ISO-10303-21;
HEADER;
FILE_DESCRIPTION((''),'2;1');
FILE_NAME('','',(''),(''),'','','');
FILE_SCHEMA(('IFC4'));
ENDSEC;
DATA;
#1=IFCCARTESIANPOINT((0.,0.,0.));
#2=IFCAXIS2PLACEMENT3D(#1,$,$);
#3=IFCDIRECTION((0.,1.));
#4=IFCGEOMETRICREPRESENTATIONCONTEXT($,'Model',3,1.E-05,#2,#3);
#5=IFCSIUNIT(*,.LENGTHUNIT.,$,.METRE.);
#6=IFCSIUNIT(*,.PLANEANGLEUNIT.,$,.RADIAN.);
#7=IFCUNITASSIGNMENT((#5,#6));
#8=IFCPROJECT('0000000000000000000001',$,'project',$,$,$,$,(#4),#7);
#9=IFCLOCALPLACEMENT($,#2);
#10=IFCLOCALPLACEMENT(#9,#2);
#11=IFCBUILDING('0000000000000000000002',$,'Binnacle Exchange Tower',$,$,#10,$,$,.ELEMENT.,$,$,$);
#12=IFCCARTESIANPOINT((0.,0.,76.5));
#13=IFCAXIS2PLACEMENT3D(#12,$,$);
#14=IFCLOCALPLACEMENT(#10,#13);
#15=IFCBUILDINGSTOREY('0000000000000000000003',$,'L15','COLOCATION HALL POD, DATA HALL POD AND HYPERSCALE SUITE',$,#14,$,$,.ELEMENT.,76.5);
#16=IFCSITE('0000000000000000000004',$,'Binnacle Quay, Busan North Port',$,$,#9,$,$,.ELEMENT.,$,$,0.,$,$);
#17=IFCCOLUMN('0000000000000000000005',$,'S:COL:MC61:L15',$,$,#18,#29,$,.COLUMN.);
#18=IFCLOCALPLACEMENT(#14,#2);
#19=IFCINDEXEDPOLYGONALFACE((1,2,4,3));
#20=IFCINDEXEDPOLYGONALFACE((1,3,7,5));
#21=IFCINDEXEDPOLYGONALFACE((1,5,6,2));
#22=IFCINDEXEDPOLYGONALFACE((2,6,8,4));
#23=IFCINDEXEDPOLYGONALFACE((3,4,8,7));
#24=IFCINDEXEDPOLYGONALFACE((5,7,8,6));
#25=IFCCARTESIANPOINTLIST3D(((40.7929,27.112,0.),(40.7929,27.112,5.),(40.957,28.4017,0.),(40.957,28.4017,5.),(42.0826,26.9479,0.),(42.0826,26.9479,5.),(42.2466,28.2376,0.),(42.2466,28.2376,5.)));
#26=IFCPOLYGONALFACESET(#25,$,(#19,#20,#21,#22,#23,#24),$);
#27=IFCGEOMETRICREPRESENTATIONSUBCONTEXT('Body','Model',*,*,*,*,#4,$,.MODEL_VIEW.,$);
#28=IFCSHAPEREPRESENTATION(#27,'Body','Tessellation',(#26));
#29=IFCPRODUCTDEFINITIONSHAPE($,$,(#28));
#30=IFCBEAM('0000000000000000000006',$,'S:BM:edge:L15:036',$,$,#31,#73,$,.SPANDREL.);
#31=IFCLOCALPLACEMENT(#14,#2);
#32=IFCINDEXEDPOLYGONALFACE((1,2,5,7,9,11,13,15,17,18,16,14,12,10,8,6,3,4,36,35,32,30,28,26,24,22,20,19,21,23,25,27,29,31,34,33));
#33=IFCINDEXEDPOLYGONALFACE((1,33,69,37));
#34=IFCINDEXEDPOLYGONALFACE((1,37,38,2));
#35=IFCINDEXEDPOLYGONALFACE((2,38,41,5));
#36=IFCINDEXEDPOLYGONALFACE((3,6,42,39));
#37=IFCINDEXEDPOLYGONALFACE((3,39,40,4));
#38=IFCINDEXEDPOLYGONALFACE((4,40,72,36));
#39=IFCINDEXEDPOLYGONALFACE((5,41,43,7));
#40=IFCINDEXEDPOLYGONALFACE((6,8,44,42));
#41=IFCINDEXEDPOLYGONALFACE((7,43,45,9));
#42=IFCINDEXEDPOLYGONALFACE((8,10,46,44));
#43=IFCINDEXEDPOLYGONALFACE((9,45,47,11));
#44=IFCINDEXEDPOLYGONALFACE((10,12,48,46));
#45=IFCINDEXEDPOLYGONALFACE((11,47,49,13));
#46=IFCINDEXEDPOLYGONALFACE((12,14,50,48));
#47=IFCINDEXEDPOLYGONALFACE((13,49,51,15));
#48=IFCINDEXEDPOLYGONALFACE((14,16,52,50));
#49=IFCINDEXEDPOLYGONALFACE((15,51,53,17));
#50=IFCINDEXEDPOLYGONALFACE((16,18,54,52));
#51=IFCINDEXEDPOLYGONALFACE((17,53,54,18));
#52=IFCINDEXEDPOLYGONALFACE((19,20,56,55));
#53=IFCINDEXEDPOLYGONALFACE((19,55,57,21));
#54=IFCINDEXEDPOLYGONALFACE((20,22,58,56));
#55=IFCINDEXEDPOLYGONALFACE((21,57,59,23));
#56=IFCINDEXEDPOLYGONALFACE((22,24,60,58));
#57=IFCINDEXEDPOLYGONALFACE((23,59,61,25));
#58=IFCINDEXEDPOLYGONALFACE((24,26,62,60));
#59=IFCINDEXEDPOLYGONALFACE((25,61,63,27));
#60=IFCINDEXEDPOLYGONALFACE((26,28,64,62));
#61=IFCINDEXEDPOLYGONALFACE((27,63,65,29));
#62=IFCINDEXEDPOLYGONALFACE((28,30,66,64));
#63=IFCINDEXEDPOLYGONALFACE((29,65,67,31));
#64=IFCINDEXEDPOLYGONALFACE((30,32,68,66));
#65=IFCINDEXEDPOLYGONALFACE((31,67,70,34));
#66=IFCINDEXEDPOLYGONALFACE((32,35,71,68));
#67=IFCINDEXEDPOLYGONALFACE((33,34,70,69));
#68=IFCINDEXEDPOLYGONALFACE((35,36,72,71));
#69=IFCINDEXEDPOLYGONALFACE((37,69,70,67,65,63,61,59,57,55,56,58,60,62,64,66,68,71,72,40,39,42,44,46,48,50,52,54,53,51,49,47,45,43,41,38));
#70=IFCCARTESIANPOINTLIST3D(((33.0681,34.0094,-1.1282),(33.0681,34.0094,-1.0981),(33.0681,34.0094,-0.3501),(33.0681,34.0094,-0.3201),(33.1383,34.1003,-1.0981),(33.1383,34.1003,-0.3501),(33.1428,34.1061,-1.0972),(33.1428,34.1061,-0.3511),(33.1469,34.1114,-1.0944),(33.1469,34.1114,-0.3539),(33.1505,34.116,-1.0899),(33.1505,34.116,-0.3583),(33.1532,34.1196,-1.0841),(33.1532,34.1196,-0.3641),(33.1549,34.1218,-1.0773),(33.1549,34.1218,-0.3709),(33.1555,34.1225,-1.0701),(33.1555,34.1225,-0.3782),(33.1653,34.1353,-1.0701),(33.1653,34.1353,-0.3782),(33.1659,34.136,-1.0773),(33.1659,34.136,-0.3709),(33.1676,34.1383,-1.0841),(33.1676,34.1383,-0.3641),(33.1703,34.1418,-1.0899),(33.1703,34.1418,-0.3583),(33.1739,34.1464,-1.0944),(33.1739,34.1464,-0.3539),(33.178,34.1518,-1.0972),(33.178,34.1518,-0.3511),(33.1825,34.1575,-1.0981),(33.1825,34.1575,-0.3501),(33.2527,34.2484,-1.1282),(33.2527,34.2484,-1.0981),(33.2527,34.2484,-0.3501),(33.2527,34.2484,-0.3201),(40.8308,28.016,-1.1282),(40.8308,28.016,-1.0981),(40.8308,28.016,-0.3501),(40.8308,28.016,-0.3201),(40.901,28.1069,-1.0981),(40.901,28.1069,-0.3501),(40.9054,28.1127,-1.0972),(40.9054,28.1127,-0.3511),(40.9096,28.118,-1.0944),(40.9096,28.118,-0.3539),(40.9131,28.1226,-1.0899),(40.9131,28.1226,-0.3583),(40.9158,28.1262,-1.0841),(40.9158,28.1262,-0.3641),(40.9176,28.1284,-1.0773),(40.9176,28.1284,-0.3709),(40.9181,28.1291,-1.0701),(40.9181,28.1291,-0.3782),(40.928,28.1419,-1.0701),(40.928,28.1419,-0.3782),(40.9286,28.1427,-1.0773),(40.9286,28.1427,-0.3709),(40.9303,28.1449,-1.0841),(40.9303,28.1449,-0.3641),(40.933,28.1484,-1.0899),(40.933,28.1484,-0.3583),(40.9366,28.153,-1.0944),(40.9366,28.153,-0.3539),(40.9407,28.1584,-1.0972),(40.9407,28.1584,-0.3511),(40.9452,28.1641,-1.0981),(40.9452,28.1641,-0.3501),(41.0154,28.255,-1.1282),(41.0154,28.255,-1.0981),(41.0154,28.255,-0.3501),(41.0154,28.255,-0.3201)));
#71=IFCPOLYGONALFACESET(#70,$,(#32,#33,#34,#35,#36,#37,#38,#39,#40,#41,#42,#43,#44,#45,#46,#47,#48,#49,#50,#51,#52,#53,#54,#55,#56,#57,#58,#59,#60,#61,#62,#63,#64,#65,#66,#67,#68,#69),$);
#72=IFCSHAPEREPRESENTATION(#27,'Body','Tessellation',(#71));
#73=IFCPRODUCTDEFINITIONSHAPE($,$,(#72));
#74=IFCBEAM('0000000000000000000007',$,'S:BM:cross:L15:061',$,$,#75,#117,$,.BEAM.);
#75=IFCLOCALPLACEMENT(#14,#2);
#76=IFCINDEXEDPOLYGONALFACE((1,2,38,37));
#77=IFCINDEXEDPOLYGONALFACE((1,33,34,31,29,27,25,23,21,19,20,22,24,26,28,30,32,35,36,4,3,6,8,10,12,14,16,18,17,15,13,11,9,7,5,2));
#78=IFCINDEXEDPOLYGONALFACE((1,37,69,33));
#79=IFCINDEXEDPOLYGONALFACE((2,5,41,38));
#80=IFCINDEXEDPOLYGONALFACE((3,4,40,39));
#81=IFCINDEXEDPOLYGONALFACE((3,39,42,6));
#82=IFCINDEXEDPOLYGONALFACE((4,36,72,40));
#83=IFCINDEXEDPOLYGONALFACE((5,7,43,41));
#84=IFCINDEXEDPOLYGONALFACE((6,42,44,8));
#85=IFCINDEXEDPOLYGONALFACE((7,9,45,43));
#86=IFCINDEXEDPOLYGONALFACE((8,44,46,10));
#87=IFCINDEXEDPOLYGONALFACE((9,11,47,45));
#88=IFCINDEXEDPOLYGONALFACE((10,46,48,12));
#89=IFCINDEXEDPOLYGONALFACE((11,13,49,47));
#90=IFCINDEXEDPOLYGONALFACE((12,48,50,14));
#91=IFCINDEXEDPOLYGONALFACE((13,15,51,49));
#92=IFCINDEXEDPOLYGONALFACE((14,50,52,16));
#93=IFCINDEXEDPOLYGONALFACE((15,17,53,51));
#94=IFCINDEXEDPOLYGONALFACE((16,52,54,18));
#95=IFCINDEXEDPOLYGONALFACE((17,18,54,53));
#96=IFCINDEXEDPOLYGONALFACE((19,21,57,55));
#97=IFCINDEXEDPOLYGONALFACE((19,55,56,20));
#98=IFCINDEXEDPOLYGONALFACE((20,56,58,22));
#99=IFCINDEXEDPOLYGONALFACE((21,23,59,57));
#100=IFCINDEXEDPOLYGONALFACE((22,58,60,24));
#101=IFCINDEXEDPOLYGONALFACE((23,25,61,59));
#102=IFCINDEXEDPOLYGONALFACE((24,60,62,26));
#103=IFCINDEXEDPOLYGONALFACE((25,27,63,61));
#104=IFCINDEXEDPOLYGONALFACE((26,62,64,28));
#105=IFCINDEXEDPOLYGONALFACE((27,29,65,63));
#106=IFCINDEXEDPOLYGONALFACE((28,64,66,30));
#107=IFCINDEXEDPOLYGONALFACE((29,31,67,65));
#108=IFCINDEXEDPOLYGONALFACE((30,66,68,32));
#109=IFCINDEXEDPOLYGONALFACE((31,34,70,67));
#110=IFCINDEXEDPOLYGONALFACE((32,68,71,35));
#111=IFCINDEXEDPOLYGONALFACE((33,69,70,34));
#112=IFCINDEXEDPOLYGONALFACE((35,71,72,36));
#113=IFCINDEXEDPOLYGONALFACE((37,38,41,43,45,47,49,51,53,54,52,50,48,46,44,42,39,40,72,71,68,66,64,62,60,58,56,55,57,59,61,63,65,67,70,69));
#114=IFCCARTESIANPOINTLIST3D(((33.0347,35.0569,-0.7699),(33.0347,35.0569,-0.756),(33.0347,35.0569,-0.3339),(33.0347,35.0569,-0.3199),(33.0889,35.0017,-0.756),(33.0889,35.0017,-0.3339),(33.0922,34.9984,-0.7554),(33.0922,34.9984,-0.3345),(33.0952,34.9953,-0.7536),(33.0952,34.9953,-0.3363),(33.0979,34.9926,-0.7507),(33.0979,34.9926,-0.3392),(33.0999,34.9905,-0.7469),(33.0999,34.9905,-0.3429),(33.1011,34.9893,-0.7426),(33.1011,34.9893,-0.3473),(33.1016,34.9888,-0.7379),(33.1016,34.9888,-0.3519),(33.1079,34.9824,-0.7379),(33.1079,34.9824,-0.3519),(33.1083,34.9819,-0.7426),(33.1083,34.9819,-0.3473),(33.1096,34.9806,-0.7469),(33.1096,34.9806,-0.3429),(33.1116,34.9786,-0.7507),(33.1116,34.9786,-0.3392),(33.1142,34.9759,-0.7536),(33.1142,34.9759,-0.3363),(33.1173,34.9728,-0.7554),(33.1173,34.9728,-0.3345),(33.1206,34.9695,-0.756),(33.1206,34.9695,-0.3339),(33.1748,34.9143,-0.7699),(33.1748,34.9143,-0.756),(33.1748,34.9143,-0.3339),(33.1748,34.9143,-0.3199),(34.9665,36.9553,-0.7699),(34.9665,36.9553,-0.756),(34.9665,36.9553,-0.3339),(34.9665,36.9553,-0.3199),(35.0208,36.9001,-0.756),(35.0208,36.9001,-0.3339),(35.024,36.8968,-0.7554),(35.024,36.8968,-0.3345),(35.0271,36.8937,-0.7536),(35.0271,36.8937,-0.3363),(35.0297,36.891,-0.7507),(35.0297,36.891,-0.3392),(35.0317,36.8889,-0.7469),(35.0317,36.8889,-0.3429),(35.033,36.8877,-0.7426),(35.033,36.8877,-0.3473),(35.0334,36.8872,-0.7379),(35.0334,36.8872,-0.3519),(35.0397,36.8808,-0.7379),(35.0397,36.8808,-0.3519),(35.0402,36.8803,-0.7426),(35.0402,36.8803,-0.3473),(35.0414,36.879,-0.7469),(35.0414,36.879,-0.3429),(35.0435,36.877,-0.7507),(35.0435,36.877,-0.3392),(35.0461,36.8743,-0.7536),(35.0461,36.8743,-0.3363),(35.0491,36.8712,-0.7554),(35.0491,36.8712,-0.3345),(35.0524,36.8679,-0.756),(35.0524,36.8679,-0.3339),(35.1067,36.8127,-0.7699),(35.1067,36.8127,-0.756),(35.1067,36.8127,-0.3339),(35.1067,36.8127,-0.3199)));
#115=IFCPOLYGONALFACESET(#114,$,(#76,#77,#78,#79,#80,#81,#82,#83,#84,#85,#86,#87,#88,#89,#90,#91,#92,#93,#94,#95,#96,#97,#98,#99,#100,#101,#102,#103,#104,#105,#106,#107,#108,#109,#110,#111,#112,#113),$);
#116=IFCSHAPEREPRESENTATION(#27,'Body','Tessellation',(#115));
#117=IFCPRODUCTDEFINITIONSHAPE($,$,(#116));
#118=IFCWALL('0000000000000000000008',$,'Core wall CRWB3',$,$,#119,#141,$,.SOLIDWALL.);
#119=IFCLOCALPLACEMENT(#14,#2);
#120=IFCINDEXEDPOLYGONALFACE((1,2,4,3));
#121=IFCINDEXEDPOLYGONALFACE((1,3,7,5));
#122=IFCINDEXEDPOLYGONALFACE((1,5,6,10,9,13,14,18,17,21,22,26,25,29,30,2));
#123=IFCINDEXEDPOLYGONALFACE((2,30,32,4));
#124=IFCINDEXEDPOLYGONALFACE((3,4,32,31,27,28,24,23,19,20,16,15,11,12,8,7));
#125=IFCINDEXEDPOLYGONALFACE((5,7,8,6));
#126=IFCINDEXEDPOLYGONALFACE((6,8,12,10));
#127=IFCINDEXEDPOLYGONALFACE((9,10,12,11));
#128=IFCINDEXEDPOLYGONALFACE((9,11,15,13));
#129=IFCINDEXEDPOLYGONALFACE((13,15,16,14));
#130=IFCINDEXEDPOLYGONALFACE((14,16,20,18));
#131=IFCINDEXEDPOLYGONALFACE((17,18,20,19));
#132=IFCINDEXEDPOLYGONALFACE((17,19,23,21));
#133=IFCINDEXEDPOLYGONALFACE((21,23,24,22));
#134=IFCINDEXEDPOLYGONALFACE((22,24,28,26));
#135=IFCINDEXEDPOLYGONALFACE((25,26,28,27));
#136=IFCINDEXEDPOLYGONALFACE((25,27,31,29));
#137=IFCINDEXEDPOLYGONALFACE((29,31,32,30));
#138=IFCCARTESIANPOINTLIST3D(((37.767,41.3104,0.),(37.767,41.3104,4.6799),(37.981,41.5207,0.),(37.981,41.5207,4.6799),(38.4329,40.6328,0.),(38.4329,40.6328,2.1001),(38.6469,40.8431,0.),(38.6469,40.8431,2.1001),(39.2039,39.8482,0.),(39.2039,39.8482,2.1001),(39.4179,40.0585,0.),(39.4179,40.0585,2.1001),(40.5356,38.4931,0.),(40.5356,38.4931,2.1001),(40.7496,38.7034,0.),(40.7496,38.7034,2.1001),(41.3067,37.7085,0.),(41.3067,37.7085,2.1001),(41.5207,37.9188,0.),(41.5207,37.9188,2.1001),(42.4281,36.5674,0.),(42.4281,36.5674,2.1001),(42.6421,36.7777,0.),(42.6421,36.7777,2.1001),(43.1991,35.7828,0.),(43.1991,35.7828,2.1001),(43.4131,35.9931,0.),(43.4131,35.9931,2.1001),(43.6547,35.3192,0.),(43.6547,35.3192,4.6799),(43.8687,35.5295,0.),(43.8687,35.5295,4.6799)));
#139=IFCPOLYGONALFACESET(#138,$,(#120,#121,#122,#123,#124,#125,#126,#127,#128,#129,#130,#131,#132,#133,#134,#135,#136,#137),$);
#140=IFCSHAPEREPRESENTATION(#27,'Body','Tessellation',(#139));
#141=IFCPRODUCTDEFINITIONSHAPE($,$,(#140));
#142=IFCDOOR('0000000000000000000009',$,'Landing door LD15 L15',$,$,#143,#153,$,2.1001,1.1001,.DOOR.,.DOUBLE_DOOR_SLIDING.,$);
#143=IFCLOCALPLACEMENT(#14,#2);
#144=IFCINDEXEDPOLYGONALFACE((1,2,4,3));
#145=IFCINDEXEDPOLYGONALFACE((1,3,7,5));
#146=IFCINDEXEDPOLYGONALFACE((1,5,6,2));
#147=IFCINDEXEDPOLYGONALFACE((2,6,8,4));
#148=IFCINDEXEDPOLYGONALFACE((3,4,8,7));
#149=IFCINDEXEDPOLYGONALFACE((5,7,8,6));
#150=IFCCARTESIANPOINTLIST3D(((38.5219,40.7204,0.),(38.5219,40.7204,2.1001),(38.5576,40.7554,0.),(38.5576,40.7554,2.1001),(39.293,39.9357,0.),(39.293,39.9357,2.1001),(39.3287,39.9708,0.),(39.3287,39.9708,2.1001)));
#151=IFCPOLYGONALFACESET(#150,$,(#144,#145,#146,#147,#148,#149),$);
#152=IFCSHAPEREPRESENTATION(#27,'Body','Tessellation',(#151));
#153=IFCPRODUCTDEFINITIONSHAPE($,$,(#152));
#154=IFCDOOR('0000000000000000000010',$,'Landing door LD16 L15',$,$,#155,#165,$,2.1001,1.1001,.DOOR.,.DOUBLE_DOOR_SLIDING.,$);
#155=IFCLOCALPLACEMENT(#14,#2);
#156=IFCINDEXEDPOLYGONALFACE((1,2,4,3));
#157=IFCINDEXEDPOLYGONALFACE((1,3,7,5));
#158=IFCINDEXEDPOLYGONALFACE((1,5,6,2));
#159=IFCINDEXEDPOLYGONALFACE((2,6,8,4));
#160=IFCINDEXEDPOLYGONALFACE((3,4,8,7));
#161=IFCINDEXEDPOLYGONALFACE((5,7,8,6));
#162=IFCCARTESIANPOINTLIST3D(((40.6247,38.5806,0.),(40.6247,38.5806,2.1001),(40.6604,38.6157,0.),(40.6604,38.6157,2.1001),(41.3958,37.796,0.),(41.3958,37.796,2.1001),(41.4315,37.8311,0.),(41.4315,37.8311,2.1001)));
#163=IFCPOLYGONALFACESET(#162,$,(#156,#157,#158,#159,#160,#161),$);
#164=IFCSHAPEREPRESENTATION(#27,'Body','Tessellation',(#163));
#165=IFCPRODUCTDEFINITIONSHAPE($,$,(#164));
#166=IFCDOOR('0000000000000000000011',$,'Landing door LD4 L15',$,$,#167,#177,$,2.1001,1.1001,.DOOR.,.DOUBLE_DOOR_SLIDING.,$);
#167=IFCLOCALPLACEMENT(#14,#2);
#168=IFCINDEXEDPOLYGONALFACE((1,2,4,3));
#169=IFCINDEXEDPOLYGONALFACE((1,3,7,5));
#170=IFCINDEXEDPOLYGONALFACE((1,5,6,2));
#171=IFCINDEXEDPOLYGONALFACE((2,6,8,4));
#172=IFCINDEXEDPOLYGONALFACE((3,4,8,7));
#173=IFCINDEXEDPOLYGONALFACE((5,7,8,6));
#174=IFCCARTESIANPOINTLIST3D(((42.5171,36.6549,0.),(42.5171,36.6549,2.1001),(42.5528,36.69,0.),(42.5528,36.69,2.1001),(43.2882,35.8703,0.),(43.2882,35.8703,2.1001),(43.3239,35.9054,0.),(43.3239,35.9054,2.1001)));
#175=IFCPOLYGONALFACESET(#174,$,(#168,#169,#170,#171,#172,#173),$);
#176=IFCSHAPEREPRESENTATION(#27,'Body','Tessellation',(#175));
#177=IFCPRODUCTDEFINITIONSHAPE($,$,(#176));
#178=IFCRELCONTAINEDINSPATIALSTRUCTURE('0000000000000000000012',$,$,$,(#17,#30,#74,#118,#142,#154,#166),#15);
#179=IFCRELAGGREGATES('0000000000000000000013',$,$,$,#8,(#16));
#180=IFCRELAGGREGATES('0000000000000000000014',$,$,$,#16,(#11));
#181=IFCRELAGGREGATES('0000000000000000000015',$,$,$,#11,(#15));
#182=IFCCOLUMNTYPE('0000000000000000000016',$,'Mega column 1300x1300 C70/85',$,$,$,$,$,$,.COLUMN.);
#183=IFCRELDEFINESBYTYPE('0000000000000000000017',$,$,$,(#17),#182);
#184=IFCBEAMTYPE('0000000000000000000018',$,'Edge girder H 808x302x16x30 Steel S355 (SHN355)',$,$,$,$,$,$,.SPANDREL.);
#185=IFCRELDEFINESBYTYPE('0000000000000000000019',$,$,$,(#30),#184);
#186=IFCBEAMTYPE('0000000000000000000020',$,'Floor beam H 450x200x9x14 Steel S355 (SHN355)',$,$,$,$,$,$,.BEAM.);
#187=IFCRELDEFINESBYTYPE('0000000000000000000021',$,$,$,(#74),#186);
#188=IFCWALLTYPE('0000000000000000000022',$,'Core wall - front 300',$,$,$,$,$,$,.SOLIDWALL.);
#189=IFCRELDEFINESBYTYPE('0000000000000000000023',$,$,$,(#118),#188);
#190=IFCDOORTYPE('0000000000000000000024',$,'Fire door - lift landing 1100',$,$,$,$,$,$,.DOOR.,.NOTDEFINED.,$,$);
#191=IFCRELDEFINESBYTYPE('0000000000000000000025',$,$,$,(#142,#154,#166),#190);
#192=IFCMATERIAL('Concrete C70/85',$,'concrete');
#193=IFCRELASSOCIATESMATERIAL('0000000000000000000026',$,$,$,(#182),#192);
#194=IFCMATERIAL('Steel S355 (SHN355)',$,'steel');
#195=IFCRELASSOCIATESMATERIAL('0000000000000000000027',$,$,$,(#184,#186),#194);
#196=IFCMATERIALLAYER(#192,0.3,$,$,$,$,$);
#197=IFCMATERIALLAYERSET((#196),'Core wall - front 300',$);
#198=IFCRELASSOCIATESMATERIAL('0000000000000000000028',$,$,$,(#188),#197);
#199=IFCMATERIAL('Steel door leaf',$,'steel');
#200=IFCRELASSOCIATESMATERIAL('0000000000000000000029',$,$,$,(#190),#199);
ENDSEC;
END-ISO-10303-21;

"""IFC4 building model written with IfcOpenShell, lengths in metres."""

from ifc_helpers import new_model, si_unit, direction, frame, frame_2d, origin, origin_2d, place, context, subcontext, project, spatial, rectangle, i_section, extrude, material, layer, layer_set, material_profile, profile_set, type_object, element, fill, save


model = new_model("IFC4")

# Units and contexts
model_context = context("Model", 3, precision=1e-05, world=origin(), true_north=direction((0.0, 1.0)))
body_context = subcontext(model_context, "Body", "Model", "MODEL_VIEW")
ifc_project = project(units=[si_unit("LENGTHUNIT", "METRE"), si_unit("PLANEANGLEUNIT", "RADIAN")], contexts=[model_context])

# Site, building, storey
site_placement = place(None, origin())
site = spatial("IfcSite", under=ifc_project, at=site_placement, Name="Binnacle Quay, Busan North Port", CompositionType="ELEMENT", RefElevation=0.0)
building_placement = place(site_placement, origin())
building = spatial("IfcBuilding", under=site, at=building_placement, Name="Binnacle Exchange Tower", CompositionType="ELEMENT")
storey_placement = place(building_placement, frame((0.0, 0.0, 76.5)))
storey = spatial("IfcBuildingStorey", under=building, at=storey_placement, Name="L15", Description="COLOCATION HALL POD, DATA HALL POD AND HYPERSCALE SUITE", CompositionType="ELEMENT", Elevation=76.5)

# Column
ifc_material_1 = material(Name="Concrete C70/85", Category="concrete")
ifc_material_profile_1 = material_profile(ifc_material_1, rectangle(XDim=1.3, YDim=1.3, at=origin_2d()), Name="Mega column 1300x1300 C70/85")
ifc_profile_set_1 = profile_set([ifc_material_profile_1], Name="Concrete C70/85")
column_type = type_object("IfcColumnType", Name="Mega column 1300x1300 C70/85", PredefinedType="COLUMN", material=ifc_profile_set_1)
column_placement = place(storey_placement, frame((41.5198, 27.6748, 0.0), z_axis=(0.0, 0.0, 1.0), x_axis=(0.992005, -0.126199, 0.0)))
element("IfcColumn", 1, at=column_placement, inside=storey, type_object=column_type, Name="S:COL:MC61:L15", PredefinedType="COLUMN", context=body_context, shape_type="SweptSolid", body=[
    extrude(rectangle(XDim=1.3, YDim=1.3, at=origin_2d()), origin(), (0.0, 0.0, 1.0), 5.0),
])

# Beams
ifc_material_2 = material(Name="Steel S355 (SHN355)", Category="steel")
ifc_material_profile_2 = material_profile(ifc_material_2, i_section(OverallWidth=0.302, OverallDepth=0.8081, WebThickness=0.0161, FlangeThickness=0.03, FilletRadius=0.0281, at=origin_2d()), Name="H 808x302x16x30")
ifc_profile_set_2 = profile_set([ifc_material_profile_2], Name="Steel S355 (SHN355)")
beam_type_1 = type_object("IfcBeamType", Name="Edge girder H 808x302x16x30 Steel S355 (SHN355)", PredefinedType="SPANDREL", material=ifc_profile_set_2)
beam_1_placement = place(storey_placement, frame((33.1604, 34.1289, -0.7241), z_axis=(0.791533, -0.611126, 0.0), x_axis=(0.611126, 0.791533, 0.0)))
element("IfcBeam", 2, at=beam_1_placement, inside=storey, type_object=beam_type_1, Name="S:BM:edge:L15:036", PredefinedType="SPANDREL", context=body_context, shape_type="SweptSolid", body=[
    extrude(i_section(OverallWidth=0.302, OverallDepth=0.8081, WebThickness=0.0161, FlangeThickness=0.03, FilletRadius=0.0281, at=origin_2d()), origin(), (0.0, 0.0, 1.0), 9.8071),
])
ifc_material_profile_3 = material_profile(ifc_material_2, i_section(OverallWidth=0.2, OverallDepth=0.45, WebThickness=0.009, FlangeThickness=0.0139, FilletRadius=0.0181, at=origin_2d()), Name="H 450x200x9x14")
ifc_profile_set_3 = profile_set([ifc_material_profile_3], Name="Steel S355 (SHN355)")
beam_type_2 = type_object("IfcBeamType", Name="Floor beam H 450x200x9x14 Steel S355 (SHN355)", PredefinedType="BEAM", material=ifc_profile_set_3)
beam_2_placement = place(storey_placement, frame((33.1047, 34.9856, -0.5449), z_axis=(0.713254, 0.700905, 0.0), x_axis=(-0.700905, 0.713254, 0.0)))
element("IfcBeam", 3, at=beam_2_placement, inside=storey, type_object=beam_type_2, Name="S:BM:cross:L15:061", PredefinedType="BEAM", context=body_context, shape_type="SweptSolid", body=[
    extrude(i_section(OverallWidth=0.2, OverallDepth=0.45, WebThickness=0.009, FlangeThickness=0.0139, FilletRadius=0.0181, at=origin_2d()), origin(), (0.0, 0.0, 1.0), 2.7085),
])

# Wall, openings, doors
ifc_layer_1 = layer(ifc_material_1, 0.3)
ifc_layer_set_1 = layer_set([ifc_layer_1], Name="Core wall - front 300")
wall_type_1 = type_object("IfcWallType", Name="Core wall - front 300", PredefinedType="SOLIDWALL", material=ifc_layer_set_1)
wall_1_placement = place(storey_placement, frame((37.874, 41.4155, 0.0), z_axis=(0.0, 0.0, 1.0), x_axis=(0.700918, -0.713242, 0.0)))
wall_1 = element("IfcWall", 4, at=wall_1_placement, inside=storey, type_object=wall_type_1, Name="Core wall CRWB3", PredefinedType="SOLIDWALL", context=body_context, shape_type="SweptSolid", body=[
    extrude(rectangle(XDim=8.3999, YDim=0.3, at=frame_2d((4.2, 0.0))), origin(), (0.0, 0.0, 1.0), 4.6799),
])
opening_1_placement = place(wall_1_placement, frame((0.95, 0.0, 0.0)))
opening_1 = element("IfcOpeningElement", 5, at=opening_1_placement, cuts=wall_1, PredefinedType="OPENING", context=body_context, shape_type="SweptSolid", body=[
    extrude(rectangle(XDim=1.1001, YDim=2.1001, at=frame_2d((0.55, 1.05))), frame((0.0, 0.1599, 0.0), z_axis=(0.0, -1.0, 0.0), x_axis=(1.0, 0.0, 0.0)), (0.0, 0.0, 1.0), 0.3201),
])
opening_2_placement = place(wall_1_placement, frame((3.95, 0.0, 0.0)))
opening_2 = element("IfcOpeningElement", 6, at=opening_2_placement, cuts=wall_1, PredefinedType="OPENING", context=body_context, shape_type="SweptSolid", body=[
    extrude(rectangle(XDim=1.1001, YDim=2.1001, at=frame_2d((0.55, 1.05))), frame((0.0, 0.1599, 0.0), z_axis=(0.0, -1.0, 0.0), x_axis=(1.0, 0.0, 0.0)), (0.0, 0.0, 1.0), 0.3201),
])
opening_3_placement = place(wall_1_placement, frame((6.6499, 0.0, 0.0)))
opening_3 = element("IfcOpeningElement", 7, at=opening_3_placement, cuts=wall_1, PredefinedType="OPENING", context=body_context, shape_type="SweptSolid", body=[
    extrude(rectangle(XDim=1.1001, YDim=2.1001, at=frame_2d((0.55, 1.05))), frame((0.0, 0.1599, 0.0), z_axis=(0.0, -1.0, 0.0), x_axis=(1.0, 0.0, 0.0)), (0.0, 0.0, 1.0), 0.3201),
])
ifc_material_3 = material(Name="Steel door leaf", Category="steel")
door_type_1 = type_object("IfcDoorType", Name="Fire door - lift landing 1100", OperationType="NOTDEFINED", PredefinedType="DOOR", material=ifc_material_3)
door_1_placement = place(opening_1_placement, origin())
door_1 = element("IfcDoor", 8, at=door_1_placement, inside=storey, type_object=door_type_1, Name="Landing door LD15 L15", OperationType="DOUBLE_DOOR_SLIDING", OverallHeight=2.1001, OverallWidth=1.1001, PredefinedType="DOOR", context=body_context, shape_type="SweptSolid", body=[
    extrude(rectangle(XDim=1.1001, YDim=2.1001, at=frame_2d((0.55, 1.05))), frame((0.0, 0.0249, 0.0), z_axis=(0.0, -1.0, 0.0), x_axis=(1.0, 0.0, 0.0)), (0.0, 0.0, 1.0), 0.05),
])
fill(opening_1, door_1)
door_2_placement = place(opening_2_placement, origin())
door_2 = element("IfcDoor", 9, at=door_2_placement, inside=storey, type_object=door_type_1, Name="Landing door LD16 L15", OperationType="DOUBLE_DOOR_SLIDING", OverallHeight=2.1001, OverallWidth=1.1001, PredefinedType="DOOR", context=body_context, shape_type="SweptSolid", body=[
    extrude(rectangle(XDim=1.1001, YDim=2.1001, at=frame_2d((0.55, 1.05))), frame((0.0, 0.0249, 0.0), z_axis=(0.0, -1.0, 0.0), x_axis=(1.0, 0.0, 0.0)), (0.0, 0.0, 1.0), 0.05),
])
fill(opening_2, door_2)
door_3_placement = place(opening_3_placement, origin())
door_3 = element("IfcDoor", 10, at=door_3_placement, inside=storey, type_object=door_type_1, Name="Landing door LD4 L15", OperationType="DOUBLE_DOOR_SLIDING", OverallHeight=2.1001, OverallWidth=1.1001, PredefinedType="DOOR", context=body_context, shape_type="SweptSolid", body=[
    extrude(rectangle(XDim=1.1001, YDim=2.1001, at=frame_2d((0.55, 1.05))), frame((0.0, 0.0249, 0.0), z_axis=(0.0, -1.0, 0.0), x_axis=(1.0, 0.0, 0.0)), (0.0, 0.0, 1.0), 0.05),
])
fill(opening_3, door_3)

save(model, "model.ifc")
